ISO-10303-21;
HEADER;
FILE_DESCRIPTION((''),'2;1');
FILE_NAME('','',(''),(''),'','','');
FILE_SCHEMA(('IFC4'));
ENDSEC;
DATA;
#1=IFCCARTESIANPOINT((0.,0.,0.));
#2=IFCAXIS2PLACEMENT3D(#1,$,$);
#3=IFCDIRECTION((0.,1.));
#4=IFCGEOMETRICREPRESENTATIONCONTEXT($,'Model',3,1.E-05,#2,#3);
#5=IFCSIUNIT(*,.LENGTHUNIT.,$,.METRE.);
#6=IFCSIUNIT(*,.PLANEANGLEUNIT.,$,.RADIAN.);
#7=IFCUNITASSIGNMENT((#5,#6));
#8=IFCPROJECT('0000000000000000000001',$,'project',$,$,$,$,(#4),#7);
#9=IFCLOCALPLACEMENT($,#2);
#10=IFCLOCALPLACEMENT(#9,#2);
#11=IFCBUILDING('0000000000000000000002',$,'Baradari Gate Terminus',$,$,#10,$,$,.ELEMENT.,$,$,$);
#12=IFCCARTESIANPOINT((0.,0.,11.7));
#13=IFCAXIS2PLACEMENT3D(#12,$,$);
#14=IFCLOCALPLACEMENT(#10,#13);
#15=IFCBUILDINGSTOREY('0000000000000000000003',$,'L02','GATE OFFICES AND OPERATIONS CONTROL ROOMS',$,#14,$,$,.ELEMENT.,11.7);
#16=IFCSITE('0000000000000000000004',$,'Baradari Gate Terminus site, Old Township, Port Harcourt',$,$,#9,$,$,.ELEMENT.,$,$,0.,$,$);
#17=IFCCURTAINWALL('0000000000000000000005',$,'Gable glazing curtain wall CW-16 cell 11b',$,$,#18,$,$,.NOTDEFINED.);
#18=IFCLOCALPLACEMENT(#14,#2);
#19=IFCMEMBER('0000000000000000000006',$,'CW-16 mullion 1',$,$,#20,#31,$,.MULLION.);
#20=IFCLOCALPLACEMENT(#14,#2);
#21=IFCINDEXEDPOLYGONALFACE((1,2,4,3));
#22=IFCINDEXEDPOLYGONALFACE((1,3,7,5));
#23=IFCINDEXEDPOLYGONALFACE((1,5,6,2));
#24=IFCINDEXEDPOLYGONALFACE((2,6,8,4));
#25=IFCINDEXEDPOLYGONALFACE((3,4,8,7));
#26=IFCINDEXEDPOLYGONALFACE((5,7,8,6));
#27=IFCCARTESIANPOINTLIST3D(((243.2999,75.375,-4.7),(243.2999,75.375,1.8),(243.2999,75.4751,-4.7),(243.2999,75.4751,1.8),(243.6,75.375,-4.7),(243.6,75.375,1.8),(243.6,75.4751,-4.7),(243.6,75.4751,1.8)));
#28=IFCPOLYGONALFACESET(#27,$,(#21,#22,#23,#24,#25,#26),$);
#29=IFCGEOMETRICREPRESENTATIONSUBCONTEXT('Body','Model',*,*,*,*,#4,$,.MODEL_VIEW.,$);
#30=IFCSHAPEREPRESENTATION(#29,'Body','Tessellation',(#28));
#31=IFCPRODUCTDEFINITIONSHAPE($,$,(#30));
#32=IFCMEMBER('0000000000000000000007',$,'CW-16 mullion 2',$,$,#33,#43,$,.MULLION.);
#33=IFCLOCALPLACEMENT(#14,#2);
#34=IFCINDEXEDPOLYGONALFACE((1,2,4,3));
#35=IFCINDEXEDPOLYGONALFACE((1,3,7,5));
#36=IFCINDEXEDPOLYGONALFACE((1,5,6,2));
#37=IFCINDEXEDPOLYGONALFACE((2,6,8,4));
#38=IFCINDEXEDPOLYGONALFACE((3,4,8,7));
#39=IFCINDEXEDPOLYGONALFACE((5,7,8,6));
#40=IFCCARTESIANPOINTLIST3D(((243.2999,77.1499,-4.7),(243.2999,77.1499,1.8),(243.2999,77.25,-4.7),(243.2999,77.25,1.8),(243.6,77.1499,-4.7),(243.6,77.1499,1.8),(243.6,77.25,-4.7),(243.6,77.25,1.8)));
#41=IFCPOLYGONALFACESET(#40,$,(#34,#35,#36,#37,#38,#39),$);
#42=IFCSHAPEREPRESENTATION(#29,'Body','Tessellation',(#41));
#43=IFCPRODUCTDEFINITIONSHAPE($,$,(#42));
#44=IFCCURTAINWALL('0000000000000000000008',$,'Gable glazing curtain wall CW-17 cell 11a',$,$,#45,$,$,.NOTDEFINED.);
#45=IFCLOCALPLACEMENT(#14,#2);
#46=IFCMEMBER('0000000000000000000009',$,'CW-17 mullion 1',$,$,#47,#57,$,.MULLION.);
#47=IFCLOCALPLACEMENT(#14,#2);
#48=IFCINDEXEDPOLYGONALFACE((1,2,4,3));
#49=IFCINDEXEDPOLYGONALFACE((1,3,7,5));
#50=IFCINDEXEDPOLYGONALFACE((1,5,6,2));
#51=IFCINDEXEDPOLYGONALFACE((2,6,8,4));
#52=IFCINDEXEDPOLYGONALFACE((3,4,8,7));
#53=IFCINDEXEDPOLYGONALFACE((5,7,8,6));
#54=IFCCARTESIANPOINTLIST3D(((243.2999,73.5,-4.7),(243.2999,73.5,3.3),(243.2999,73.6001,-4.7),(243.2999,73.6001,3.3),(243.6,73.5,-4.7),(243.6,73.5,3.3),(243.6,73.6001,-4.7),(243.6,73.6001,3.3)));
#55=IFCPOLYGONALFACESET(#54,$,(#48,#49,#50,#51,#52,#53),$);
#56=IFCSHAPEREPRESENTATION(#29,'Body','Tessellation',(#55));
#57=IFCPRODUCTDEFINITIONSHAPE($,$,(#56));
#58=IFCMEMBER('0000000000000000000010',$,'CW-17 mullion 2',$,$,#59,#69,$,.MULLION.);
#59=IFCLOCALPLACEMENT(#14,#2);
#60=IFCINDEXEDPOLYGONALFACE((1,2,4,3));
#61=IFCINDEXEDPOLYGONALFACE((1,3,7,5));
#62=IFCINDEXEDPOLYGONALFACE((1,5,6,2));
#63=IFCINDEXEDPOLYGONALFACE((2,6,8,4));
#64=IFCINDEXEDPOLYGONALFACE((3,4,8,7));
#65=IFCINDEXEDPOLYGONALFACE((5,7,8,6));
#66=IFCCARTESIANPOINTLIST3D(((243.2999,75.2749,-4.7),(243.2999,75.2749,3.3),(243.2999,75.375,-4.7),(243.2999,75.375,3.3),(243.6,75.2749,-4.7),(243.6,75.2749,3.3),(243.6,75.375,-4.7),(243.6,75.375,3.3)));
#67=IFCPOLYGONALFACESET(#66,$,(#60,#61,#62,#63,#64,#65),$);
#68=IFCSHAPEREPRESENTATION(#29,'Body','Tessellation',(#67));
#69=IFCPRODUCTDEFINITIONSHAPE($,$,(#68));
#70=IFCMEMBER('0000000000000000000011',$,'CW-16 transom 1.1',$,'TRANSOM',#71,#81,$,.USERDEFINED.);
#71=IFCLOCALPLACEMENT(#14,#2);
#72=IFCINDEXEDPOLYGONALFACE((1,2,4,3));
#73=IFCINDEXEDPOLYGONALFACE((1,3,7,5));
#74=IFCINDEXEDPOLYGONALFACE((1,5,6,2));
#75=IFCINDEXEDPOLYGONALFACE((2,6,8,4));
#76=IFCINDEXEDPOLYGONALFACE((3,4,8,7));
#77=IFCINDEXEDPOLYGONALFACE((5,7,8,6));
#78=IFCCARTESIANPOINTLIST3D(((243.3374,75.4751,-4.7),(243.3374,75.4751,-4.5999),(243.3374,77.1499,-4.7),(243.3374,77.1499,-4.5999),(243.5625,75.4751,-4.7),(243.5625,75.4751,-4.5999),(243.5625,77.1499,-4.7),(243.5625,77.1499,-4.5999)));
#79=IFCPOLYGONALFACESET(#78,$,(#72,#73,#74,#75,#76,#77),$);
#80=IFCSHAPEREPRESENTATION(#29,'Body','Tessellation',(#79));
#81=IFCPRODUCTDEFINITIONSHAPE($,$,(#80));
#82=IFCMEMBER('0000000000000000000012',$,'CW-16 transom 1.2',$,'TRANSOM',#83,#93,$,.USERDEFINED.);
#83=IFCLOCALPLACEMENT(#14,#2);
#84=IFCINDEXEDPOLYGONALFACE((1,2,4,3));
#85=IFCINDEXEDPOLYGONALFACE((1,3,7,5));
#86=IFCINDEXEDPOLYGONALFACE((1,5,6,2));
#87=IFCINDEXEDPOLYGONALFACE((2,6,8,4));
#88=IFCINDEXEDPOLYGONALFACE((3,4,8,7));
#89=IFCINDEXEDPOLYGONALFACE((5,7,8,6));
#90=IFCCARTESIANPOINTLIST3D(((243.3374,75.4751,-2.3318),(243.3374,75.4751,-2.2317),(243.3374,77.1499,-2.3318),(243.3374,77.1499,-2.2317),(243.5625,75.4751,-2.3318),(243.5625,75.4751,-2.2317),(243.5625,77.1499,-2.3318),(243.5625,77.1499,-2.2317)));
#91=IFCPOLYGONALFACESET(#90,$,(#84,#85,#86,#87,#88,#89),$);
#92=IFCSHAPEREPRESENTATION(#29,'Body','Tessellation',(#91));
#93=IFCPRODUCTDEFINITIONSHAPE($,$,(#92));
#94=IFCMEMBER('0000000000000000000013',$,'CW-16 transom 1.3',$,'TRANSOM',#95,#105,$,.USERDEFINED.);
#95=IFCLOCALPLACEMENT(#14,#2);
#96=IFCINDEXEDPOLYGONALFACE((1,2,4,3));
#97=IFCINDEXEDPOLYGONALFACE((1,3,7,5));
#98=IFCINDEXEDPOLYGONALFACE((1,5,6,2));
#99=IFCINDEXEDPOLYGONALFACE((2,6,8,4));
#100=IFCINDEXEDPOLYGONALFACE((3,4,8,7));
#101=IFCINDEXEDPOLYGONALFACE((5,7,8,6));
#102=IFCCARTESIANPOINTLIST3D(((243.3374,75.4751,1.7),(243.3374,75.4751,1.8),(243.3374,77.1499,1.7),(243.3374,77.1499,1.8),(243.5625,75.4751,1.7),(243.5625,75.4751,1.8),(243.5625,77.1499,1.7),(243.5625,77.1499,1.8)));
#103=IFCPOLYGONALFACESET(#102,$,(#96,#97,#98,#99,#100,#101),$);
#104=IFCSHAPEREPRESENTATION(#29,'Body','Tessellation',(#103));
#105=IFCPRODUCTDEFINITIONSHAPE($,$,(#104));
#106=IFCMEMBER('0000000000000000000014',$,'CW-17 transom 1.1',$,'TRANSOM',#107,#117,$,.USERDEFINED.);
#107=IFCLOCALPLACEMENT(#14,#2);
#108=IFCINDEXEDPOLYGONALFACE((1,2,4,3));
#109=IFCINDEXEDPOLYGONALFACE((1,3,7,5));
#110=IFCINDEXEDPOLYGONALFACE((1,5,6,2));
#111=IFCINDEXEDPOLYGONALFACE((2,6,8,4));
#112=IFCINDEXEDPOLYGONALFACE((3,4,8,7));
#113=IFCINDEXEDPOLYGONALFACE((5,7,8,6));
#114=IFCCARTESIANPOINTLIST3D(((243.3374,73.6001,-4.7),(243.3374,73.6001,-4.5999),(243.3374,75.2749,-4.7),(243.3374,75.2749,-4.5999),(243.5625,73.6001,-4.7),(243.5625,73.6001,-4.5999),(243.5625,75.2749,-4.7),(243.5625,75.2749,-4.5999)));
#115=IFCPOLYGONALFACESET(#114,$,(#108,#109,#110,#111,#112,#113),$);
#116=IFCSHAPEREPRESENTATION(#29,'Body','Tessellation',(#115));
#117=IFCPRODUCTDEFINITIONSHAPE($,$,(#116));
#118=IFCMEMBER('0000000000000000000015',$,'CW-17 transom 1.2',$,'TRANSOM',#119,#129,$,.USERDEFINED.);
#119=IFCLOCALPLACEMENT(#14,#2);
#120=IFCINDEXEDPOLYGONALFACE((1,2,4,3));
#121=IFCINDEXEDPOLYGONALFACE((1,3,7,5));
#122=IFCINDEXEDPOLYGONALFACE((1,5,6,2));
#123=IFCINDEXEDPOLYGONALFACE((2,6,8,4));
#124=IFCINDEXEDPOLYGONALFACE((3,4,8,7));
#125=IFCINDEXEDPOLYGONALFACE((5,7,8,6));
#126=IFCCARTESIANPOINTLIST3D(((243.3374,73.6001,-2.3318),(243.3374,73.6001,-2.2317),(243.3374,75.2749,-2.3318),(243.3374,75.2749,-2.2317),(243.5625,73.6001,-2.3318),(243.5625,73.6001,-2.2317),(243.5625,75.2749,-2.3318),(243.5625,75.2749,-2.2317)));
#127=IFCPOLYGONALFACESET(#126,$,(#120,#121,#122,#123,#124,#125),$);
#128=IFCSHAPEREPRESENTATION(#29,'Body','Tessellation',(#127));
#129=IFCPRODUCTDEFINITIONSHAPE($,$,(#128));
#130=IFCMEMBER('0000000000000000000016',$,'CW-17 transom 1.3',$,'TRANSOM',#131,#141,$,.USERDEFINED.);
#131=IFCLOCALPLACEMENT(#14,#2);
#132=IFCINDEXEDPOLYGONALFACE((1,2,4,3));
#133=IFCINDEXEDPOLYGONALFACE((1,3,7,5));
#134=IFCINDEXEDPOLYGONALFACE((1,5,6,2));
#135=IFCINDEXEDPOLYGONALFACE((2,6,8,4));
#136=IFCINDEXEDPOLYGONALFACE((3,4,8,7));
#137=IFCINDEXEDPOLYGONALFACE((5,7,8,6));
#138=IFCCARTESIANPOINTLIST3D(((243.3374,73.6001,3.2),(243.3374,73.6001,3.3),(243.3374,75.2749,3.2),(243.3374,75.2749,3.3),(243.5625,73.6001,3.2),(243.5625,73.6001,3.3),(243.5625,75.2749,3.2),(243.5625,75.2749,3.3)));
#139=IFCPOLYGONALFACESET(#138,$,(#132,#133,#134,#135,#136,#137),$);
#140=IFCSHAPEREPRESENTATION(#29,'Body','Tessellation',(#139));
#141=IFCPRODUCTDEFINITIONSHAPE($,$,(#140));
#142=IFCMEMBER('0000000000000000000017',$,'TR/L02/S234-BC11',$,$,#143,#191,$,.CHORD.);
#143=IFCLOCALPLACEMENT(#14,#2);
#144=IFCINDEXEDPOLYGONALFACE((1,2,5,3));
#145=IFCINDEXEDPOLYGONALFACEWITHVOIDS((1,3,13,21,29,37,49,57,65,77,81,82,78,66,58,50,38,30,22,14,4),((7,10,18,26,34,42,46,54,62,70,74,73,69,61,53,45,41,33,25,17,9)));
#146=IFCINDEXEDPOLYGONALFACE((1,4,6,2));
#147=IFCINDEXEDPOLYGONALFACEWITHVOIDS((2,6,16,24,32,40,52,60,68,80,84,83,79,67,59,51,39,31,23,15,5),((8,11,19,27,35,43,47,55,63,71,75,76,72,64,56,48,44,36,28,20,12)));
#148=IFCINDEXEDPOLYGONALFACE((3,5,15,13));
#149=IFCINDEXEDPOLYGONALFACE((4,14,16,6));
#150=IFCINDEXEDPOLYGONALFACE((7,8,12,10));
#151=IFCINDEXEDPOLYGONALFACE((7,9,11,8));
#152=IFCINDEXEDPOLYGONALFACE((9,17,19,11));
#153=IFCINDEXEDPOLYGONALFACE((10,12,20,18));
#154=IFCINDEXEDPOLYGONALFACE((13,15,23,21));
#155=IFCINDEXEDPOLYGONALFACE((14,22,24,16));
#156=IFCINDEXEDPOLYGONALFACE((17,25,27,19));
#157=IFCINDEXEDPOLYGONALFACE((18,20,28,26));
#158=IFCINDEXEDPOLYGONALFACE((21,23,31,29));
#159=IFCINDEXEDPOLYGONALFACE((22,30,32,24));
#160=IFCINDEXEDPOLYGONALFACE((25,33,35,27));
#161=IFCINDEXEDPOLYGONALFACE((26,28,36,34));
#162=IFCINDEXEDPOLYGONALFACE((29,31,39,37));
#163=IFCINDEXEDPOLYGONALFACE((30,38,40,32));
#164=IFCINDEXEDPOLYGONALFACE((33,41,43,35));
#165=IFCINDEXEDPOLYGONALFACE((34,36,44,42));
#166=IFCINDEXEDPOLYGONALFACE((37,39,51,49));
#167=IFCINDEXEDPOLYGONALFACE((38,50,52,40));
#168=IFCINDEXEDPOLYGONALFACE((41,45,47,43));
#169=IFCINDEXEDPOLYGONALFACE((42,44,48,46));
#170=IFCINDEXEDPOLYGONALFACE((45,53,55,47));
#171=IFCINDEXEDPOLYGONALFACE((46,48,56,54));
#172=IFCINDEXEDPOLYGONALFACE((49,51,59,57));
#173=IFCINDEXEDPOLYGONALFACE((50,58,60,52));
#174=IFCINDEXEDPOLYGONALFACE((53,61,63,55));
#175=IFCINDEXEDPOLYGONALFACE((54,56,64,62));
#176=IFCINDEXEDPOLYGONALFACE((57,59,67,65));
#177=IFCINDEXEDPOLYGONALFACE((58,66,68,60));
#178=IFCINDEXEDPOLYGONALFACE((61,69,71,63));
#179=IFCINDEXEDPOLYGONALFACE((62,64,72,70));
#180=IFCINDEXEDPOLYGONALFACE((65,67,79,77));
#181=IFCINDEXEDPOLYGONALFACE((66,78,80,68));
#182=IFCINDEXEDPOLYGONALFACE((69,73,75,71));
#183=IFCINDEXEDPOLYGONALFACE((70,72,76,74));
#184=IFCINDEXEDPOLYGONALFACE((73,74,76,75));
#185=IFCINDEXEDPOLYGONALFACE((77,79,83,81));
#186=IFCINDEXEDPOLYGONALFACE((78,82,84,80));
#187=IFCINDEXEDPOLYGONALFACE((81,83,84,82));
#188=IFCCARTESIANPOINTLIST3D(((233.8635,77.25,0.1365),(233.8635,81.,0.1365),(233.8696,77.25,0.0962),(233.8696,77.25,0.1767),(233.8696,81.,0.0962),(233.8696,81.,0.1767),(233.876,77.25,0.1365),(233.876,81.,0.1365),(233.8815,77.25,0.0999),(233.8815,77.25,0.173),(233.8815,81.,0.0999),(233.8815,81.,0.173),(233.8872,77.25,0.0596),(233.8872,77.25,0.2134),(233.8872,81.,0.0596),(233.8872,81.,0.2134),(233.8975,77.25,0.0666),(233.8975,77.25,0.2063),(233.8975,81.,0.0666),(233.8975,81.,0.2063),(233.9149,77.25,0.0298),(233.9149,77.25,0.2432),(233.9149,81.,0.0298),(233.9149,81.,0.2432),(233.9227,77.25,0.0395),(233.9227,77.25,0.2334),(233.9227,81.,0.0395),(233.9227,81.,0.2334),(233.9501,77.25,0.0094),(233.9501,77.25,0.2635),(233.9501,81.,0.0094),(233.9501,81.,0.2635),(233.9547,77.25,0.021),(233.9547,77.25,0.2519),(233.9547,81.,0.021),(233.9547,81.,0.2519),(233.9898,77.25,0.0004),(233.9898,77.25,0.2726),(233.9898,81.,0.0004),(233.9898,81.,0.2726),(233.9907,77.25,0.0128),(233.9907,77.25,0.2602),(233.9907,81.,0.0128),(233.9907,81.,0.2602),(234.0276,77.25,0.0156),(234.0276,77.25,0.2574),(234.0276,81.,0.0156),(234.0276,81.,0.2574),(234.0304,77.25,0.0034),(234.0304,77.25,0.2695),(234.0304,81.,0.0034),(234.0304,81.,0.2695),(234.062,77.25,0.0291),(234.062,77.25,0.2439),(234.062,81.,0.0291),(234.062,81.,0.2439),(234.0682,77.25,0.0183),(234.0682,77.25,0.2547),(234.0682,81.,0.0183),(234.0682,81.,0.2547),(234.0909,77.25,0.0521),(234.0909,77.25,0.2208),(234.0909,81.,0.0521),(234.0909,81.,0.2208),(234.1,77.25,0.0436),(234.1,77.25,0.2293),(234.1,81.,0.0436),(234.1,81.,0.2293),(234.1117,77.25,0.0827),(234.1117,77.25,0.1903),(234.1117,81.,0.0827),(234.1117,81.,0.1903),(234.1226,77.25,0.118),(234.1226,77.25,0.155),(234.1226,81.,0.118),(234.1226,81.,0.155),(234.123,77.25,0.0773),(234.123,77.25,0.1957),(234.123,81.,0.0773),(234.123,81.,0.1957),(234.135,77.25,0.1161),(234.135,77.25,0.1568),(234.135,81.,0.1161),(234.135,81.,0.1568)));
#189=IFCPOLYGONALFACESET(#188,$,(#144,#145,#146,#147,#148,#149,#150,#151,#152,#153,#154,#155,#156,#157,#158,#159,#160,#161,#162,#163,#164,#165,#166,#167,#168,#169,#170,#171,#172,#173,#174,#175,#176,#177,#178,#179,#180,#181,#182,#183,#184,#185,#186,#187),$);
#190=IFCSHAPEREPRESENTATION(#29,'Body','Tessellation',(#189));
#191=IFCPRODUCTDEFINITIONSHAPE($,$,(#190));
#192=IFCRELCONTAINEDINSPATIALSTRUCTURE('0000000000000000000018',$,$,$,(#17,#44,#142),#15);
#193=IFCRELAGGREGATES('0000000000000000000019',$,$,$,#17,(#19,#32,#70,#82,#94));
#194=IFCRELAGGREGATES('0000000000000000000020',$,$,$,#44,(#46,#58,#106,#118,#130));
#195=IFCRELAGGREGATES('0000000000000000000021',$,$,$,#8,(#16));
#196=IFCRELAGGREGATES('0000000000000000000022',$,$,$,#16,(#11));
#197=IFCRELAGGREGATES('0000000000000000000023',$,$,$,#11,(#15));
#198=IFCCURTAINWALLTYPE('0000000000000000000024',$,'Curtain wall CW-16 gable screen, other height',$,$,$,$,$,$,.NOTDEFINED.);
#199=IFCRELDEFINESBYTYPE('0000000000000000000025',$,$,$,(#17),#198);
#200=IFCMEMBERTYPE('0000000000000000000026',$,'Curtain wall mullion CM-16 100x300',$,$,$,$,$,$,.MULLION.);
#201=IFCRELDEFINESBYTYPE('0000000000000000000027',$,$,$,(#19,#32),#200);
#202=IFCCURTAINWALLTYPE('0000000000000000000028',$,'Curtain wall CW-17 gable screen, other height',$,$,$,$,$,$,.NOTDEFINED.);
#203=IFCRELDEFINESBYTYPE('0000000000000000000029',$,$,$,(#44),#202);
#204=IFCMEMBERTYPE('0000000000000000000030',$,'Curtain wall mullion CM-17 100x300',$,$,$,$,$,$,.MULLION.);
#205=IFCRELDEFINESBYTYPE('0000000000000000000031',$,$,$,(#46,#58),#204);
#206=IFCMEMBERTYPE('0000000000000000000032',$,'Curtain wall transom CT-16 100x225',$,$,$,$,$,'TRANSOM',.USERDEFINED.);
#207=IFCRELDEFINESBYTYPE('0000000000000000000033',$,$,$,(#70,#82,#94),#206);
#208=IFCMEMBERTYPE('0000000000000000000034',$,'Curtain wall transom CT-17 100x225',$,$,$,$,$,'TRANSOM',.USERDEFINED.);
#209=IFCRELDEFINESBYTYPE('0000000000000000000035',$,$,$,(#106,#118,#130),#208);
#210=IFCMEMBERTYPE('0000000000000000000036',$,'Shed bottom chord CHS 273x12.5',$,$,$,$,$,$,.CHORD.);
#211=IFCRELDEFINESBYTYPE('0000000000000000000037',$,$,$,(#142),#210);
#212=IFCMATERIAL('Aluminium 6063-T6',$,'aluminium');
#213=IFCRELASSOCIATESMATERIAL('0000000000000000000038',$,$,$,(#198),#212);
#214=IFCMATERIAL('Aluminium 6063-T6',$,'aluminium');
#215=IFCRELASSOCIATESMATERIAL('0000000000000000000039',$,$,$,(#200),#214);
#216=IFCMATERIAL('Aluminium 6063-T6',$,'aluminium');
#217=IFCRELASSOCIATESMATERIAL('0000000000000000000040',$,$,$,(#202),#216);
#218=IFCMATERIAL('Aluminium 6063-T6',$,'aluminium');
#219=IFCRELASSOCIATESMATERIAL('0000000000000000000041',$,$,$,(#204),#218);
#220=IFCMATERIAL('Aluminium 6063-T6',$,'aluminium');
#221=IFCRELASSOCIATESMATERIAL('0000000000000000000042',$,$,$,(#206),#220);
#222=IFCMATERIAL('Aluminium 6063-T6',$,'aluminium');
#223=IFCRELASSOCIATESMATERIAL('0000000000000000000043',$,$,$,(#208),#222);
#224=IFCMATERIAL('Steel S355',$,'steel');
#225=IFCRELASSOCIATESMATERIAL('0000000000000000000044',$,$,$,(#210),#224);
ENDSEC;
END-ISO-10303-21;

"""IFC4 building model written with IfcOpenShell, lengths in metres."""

from ifc_helpers import new_model, si_unit, direction, frame, origin, origin_2d, place, context, subcontext, project, spatial, rectangle, hollow_circle, extrude, material, material_profile, profile_set, type_object, element, aggregate, save


model = new_model("IFC4")

# Units and contexts
model_context = context("Model", 3, precision=1e-05, world=origin(), true_north=direction((0.0, 1.0)))
body_context = subcontext(model_context, "Body", "Model", "MODEL_VIEW")
ifc_project = project(units=[si_unit("LENGTHUNIT", "METRE"), si_unit("PLANEANGLEUNIT", "RADIAN")], contexts=[model_context])

# Site, building, storey
site_placement = place(None, origin())
site = spatial("IfcSite", under=ifc_project, at=site_placement, Name="Baradari Gate Terminus site, Old Township, Port Harcourt", CompositionType="ELEMENT", RefElevation=0.0)
building_placement = place(site_placement, origin())
building = spatial("IfcBuilding", under=site, at=building_placement, Name="Baradari Gate Terminus", CompositionType="ELEMENT")
storey_placement = place(building_placement, frame((0.0, 0.0, 11.7)))
storey = spatial("IfcBuildingStorey", under=building, at=storey_placement, Name="L02", Description="GATE OFFICES AND OPERATIONS CONTROL ROOMS", CompositionType="ELEMENT", Elevation=11.7)

# Curtain walls, members
ifc_material_1 = material(Name="Aluminium 6063-T6", Category="aluminium")
curtain_wall_type_1 = type_object("IfcCurtainWallType", Name="Curtain wall CW-16 gable screen, other height", PredefinedType="NOTDEFINED", material=ifc_material_1)
curtain_wall_1_placement = place(storey_placement, origin())
curtain_wall_1 = element("IfcCurtainWall", 1, at=curtain_wall_1_placement, inside=storey, type_object=curtain_wall_type_1, Name="Gable glazing curtain wall CW-16 cell 11b", PredefinedType="NOTDEFINED")
ifc_material_2 = material(Name="Aluminium 6063-T6", Category="aluminium")
ifc_material_profile_1 = material_profile(ifc_material_2, rectangle(XDim=0.3, YDim=0.1001, at=origin_2d()), Name="CM-16 100X300")
ifc_profile_set_1 = profile_set([ifc_material_profile_1], Name="Aluminium 6063-T6")
member_type_1 = type_object("IfcMemberType", Name="Curtain wall mullion CM-16 100x300", PredefinedType="MULLION", material=ifc_profile_set_1)
member_1_placement = place(storey_placement, frame((243.45, 75.425, -4.7), z_axis=(0.0, 0.0, 1.0), x_axis=(-1.0, 0.0, 0.0)))
member_1 = element("IfcMember", 2, at=member_1_placement, type_object=member_type_1, Name="CW-16 mullion 1", PredefinedType="MULLION", context=body_context, shape_type="SweptSolid", body=[
    extrude(rectangle(XDim=0.3, YDim=0.1001, at=origin_2d()), origin(), (0.0, 0.0, 1.0), 6.5),
])
member_2_placement = place(storey_placement, frame((243.45, 77.2, -4.7), z_axis=(0.0, 0.0, 1.0), x_axis=(-1.0, 0.0, 0.0)))
member_2 = element("IfcMember", 3, at=member_2_placement, type_object=member_type_1, Name="CW-16 mullion 2", PredefinedType="MULLION", context=body_context, shape_type="SweptSolid", body=[
    extrude(rectangle(XDim=0.3, YDim=0.1001, at=origin_2d()), origin(), (0.0, 0.0, 1.0), 6.5),
])
ifc_material_3 = material(Name="Aluminium 6063-T6", Category="aluminium")
curtain_wall_type_2 = type_object("IfcCurtainWallType", Name="Curtain wall CW-17 gable screen, other height", PredefinedType="NOTDEFINED", material=ifc_material_3)
curtain_wall_2_placement = place(storey_placement, origin())
curtain_wall_2 = element("IfcCurtainWall", 4, at=curtain_wall_2_placement, inside=storey, type_object=curtain_wall_type_2, Name="Gable glazing curtain wall CW-17 cell 11a", PredefinedType="NOTDEFINED")
ifc_material_4 = material(Name="Aluminium 6063-T6", Category="aluminium")
ifc_material_profile_2 = material_profile(ifc_material_4, rectangle(XDim=0.3, YDim=0.1001, at=origin_2d()), Name="CM-17 100X300")
ifc_profile_set_2 = profile_set([ifc_material_profile_2], Name="Aluminium 6063-T6")
member_type_2 = type_object("IfcMemberType", Name="Curtain wall mullion CM-17 100x300", PredefinedType="MULLION", material=ifc_profile_set_2)
member_3_placement = place(storey_placement, frame((243.45, 73.55, -4.7), z_axis=(0.0, 0.0, 1.0), x_axis=(-1.0, 0.0, 0.0)))
member_3 = element("IfcMember", 5, at=member_3_placement, type_object=member_type_2, Name="CW-17 mullion 1", PredefinedType="MULLION", context=body_context, shape_type="SweptSolid", body=[
    extrude(rectangle(XDim=0.3, YDim=0.1001, at=origin_2d()), origin(), (0.0, 0.0, 1.0), 8.0),
])
member_4_placement = place(storey_placement, frame((243.45, 75.325, -4.7), z_axis=(0.0, 0.0, 1.0), x_axis=(-1.0, 0.0, 0.0)))
member_4 = element("IfcMember", 6, at=member_4_placement, type_object=member_type_2, Name="CW-17 mullion 2", PredefinedType="MULLION", context=body_context, shape_type="SweptSolid", body=[
    extrude(rectangle(XDim=0.3, YDim=0.1001, at=origin_2d()), origin(), (0.0, 0.0, 1.0), 8.0),
])

# Members
ifc_material_5 = material(Name="Aluminium 6063-T6", Category="aluminium")
ifc_material_profile_3 = material_profile(ifc_material_5, rectangle(XDim=0.2251, YDim=0.1001, at=origin_2d()), Name="CT-16 100X225")
ifc_profile_set_3 = profile_set([ifc_material_profile_3], Name="Aluminium 6063-T6")
member_type_3 = type_object("IfcMemberType", Name="Curtain wall transom CT-16 100x225", ElementType="TRANSOM", PredefinedType="USERDEFINED", material=ifc_profile_set_3)
member_5_placement = place(storey_placement, frame((243.45, 75.4751, -4.6499), z_axis=(0.0, 1.0, 0.0), x_axis=(-1.0, 0.0, 0.0)))
member_5 = element("IfcMember", 7, at=member_5_placement, type_object=member_type_3, Name="CW-16 transom 1.1", ObjectType="TRANSOM", PredefinedType="USERDEFINED", context=body_context, shape_type="SweptSolid", body=[
    extrude(rectangle(XDim=0.2251, YDim=0.1001, at=origin_2d()), origin(), (0.0, 0.0, 1.0), 1.6748),
])
member_6_placement = place(storey_placement, frame((243.45, 75.4751, -2.2817), z_axis=(0.0, 1.0, 0.0), x_axis=(-1.0, 0.0, 0.0)))
member_6 = element("IfcMember", 8, at=member_6_placement, type_object=member_type_3, Name="CW-16 transom 1.2", ObjectType="TRANSOM", PredefinedType="USERDEFINED", context=body_context, shape_type="SweptSolid", body=[
    extrude(rectangle(XDim=0.2251, YDim=0.1001, at=origin_2d()), origin(), (0.0, 0.0, 1.0), 1.6748),
])
member_7_placement = place(storey_placement, frame((243.45, 75.4751, 1.75), z_axis=(0.0, 1.0, 0.0), x_axis=(-1.0, 0.0, 0.0)))
member_7 = element("IfcMember", 9, at=member_7_placement, type_object=member_type_3, Name="CW-16 transom 1.3", ObjectType="TRANSOM", PredefinedType="USERDEFINED", context=body_context, shape_type="SweptSolid", body=[
    extrude(rectangle(XDim=0.2251, YDim=0.1001, at=origin_2d()), origin(), (0.0, 0.0, 1.0), 1.6748),
])
ifc_material_6 = material(Name="Aluminium 6063-T6", Category="aluminium")
ifc_material_profile_4 = material_profile(ifc_material_6, rectangle(XDim=0.2251, YDim=0.1001, at=origin_2d()), Name="CT-17 100X225")
ifc_profile_set_4 = profile_set([ifc_material_profile_4], Name="Aluminium 6063-T6")
member_type_4 = type_object("IfcMemberType", Name="Curtain wall transom CT-17 100x225", ElementType="TRANSOM", PredefinedType="USERDEFINED", material=ifc_profile_set_4)
member_8_placement = place(storey_placement, frame((243.45, 73.6001, -4.6499), z_axis=(0.0, 1.0, 0.0), x_axis=(-1.0, 0.0, 0.0)))
member_8 = element("IfcMember", 10, at=member_8_placement, type_object=member_type_4, Name="CW-17 transom 1.1", ObjectType="TRANSOM", PredefinedType="USERDEFINED", context=body_context, shape_type="SweptSolid", body=[
    extrude(rectangle(XDim=0.2251, YDim=0.1001, at=origin_2d()), origin(), (0.0, 0.0, 1.0), 1.6748),
])
member_9_placement = place(storey_placement, frame((243.45, 73.6001, -2.2817), z_axis=(0.0, 1.0, 0.0), x_axis=(-1.0, 0.0, 0.0)))
member_9 = element("IfcMember", 11, at=member_9_placement, type_object=member_type_4, Name="CW-17 transom 1.2", ObjectType="TRANSOM", PredefinedType="USERDEFINED", context=body_context, shape_type="SweptSolid", body=[
    extrude(rectangle(XDim=0.2251, YDim=0.1001, at=origin_2d()), origin(), (0.0, 0.0, 1.0), 1.6748),
])
member_10_placement = place(storey_placement, frame((243.45, 73.6001, 3.25), z_axis=(0.0, 1.0, 0.0), x_axis=(-1.0, 0.0, 0.0)))
member_10 = element("IfcMember", 12, at=member_10_placement, type_object=member_type_4, Name="CW-17 transom 1.3", ObjectType="TRANSOM", PredefinedType="USERDEFINED", context=body_context, shape_type="SweptSolid", body=[
    extrude(rectangle(XDim=0.2251, YDim=0.1001, at=origin_2d()), origin(), (0.0, 0.0, 1.0), 1.6748),
])

# Member
ifc_material_7 = material(Name="Steel S355", Category="steel")
ifc_material_profile_5 = material_profile(ifc_material_7, hollow_circle(Radius=0.1365, WallThickness=0.0125, at=origin_2d()), Name="CHS 273x12.5")
ifc_profile_set_5 = profile_set([ifc_material_profile_5], Name="Steel S355")
member_type_5 = type_object("IfcMemberType", Name="Shed bottom chord CHS 273x12.5", PredefinedType="CHORD", material=ifc_profile_set_5)
for number, where, z_axis, x_axis, name in (
    (13, (234.0, 77.25, 0.1365), (0.0, 1.0, 0.0), (-1.0, 0.0, 0.0), "TR/L02/S234-BC11"),
):
    element("IfcMember", number, at=place(storey_placement, frame(where, z_axis=z_axis, x_axis=x_axis)), inside=storey, type_object=member_type_5, Name=name, PredefinedType="CHORD", context=body_context, shape_type="SweptSolid", body=[
        extrude(hollow_circle(Radius=0.1365, WallThickness=0.0125, at=origin_2d()), origin(), (0.0, 0.0, 1.0), 3.75),
    ])

aggregate(curtain_wall_1, [member_1, member_2, member_5, member_6, member_7])
aggregate(curtain_wall_2, [member_3, member_4, member_8, member_9, member_10])

save(model, "model.ifc")
